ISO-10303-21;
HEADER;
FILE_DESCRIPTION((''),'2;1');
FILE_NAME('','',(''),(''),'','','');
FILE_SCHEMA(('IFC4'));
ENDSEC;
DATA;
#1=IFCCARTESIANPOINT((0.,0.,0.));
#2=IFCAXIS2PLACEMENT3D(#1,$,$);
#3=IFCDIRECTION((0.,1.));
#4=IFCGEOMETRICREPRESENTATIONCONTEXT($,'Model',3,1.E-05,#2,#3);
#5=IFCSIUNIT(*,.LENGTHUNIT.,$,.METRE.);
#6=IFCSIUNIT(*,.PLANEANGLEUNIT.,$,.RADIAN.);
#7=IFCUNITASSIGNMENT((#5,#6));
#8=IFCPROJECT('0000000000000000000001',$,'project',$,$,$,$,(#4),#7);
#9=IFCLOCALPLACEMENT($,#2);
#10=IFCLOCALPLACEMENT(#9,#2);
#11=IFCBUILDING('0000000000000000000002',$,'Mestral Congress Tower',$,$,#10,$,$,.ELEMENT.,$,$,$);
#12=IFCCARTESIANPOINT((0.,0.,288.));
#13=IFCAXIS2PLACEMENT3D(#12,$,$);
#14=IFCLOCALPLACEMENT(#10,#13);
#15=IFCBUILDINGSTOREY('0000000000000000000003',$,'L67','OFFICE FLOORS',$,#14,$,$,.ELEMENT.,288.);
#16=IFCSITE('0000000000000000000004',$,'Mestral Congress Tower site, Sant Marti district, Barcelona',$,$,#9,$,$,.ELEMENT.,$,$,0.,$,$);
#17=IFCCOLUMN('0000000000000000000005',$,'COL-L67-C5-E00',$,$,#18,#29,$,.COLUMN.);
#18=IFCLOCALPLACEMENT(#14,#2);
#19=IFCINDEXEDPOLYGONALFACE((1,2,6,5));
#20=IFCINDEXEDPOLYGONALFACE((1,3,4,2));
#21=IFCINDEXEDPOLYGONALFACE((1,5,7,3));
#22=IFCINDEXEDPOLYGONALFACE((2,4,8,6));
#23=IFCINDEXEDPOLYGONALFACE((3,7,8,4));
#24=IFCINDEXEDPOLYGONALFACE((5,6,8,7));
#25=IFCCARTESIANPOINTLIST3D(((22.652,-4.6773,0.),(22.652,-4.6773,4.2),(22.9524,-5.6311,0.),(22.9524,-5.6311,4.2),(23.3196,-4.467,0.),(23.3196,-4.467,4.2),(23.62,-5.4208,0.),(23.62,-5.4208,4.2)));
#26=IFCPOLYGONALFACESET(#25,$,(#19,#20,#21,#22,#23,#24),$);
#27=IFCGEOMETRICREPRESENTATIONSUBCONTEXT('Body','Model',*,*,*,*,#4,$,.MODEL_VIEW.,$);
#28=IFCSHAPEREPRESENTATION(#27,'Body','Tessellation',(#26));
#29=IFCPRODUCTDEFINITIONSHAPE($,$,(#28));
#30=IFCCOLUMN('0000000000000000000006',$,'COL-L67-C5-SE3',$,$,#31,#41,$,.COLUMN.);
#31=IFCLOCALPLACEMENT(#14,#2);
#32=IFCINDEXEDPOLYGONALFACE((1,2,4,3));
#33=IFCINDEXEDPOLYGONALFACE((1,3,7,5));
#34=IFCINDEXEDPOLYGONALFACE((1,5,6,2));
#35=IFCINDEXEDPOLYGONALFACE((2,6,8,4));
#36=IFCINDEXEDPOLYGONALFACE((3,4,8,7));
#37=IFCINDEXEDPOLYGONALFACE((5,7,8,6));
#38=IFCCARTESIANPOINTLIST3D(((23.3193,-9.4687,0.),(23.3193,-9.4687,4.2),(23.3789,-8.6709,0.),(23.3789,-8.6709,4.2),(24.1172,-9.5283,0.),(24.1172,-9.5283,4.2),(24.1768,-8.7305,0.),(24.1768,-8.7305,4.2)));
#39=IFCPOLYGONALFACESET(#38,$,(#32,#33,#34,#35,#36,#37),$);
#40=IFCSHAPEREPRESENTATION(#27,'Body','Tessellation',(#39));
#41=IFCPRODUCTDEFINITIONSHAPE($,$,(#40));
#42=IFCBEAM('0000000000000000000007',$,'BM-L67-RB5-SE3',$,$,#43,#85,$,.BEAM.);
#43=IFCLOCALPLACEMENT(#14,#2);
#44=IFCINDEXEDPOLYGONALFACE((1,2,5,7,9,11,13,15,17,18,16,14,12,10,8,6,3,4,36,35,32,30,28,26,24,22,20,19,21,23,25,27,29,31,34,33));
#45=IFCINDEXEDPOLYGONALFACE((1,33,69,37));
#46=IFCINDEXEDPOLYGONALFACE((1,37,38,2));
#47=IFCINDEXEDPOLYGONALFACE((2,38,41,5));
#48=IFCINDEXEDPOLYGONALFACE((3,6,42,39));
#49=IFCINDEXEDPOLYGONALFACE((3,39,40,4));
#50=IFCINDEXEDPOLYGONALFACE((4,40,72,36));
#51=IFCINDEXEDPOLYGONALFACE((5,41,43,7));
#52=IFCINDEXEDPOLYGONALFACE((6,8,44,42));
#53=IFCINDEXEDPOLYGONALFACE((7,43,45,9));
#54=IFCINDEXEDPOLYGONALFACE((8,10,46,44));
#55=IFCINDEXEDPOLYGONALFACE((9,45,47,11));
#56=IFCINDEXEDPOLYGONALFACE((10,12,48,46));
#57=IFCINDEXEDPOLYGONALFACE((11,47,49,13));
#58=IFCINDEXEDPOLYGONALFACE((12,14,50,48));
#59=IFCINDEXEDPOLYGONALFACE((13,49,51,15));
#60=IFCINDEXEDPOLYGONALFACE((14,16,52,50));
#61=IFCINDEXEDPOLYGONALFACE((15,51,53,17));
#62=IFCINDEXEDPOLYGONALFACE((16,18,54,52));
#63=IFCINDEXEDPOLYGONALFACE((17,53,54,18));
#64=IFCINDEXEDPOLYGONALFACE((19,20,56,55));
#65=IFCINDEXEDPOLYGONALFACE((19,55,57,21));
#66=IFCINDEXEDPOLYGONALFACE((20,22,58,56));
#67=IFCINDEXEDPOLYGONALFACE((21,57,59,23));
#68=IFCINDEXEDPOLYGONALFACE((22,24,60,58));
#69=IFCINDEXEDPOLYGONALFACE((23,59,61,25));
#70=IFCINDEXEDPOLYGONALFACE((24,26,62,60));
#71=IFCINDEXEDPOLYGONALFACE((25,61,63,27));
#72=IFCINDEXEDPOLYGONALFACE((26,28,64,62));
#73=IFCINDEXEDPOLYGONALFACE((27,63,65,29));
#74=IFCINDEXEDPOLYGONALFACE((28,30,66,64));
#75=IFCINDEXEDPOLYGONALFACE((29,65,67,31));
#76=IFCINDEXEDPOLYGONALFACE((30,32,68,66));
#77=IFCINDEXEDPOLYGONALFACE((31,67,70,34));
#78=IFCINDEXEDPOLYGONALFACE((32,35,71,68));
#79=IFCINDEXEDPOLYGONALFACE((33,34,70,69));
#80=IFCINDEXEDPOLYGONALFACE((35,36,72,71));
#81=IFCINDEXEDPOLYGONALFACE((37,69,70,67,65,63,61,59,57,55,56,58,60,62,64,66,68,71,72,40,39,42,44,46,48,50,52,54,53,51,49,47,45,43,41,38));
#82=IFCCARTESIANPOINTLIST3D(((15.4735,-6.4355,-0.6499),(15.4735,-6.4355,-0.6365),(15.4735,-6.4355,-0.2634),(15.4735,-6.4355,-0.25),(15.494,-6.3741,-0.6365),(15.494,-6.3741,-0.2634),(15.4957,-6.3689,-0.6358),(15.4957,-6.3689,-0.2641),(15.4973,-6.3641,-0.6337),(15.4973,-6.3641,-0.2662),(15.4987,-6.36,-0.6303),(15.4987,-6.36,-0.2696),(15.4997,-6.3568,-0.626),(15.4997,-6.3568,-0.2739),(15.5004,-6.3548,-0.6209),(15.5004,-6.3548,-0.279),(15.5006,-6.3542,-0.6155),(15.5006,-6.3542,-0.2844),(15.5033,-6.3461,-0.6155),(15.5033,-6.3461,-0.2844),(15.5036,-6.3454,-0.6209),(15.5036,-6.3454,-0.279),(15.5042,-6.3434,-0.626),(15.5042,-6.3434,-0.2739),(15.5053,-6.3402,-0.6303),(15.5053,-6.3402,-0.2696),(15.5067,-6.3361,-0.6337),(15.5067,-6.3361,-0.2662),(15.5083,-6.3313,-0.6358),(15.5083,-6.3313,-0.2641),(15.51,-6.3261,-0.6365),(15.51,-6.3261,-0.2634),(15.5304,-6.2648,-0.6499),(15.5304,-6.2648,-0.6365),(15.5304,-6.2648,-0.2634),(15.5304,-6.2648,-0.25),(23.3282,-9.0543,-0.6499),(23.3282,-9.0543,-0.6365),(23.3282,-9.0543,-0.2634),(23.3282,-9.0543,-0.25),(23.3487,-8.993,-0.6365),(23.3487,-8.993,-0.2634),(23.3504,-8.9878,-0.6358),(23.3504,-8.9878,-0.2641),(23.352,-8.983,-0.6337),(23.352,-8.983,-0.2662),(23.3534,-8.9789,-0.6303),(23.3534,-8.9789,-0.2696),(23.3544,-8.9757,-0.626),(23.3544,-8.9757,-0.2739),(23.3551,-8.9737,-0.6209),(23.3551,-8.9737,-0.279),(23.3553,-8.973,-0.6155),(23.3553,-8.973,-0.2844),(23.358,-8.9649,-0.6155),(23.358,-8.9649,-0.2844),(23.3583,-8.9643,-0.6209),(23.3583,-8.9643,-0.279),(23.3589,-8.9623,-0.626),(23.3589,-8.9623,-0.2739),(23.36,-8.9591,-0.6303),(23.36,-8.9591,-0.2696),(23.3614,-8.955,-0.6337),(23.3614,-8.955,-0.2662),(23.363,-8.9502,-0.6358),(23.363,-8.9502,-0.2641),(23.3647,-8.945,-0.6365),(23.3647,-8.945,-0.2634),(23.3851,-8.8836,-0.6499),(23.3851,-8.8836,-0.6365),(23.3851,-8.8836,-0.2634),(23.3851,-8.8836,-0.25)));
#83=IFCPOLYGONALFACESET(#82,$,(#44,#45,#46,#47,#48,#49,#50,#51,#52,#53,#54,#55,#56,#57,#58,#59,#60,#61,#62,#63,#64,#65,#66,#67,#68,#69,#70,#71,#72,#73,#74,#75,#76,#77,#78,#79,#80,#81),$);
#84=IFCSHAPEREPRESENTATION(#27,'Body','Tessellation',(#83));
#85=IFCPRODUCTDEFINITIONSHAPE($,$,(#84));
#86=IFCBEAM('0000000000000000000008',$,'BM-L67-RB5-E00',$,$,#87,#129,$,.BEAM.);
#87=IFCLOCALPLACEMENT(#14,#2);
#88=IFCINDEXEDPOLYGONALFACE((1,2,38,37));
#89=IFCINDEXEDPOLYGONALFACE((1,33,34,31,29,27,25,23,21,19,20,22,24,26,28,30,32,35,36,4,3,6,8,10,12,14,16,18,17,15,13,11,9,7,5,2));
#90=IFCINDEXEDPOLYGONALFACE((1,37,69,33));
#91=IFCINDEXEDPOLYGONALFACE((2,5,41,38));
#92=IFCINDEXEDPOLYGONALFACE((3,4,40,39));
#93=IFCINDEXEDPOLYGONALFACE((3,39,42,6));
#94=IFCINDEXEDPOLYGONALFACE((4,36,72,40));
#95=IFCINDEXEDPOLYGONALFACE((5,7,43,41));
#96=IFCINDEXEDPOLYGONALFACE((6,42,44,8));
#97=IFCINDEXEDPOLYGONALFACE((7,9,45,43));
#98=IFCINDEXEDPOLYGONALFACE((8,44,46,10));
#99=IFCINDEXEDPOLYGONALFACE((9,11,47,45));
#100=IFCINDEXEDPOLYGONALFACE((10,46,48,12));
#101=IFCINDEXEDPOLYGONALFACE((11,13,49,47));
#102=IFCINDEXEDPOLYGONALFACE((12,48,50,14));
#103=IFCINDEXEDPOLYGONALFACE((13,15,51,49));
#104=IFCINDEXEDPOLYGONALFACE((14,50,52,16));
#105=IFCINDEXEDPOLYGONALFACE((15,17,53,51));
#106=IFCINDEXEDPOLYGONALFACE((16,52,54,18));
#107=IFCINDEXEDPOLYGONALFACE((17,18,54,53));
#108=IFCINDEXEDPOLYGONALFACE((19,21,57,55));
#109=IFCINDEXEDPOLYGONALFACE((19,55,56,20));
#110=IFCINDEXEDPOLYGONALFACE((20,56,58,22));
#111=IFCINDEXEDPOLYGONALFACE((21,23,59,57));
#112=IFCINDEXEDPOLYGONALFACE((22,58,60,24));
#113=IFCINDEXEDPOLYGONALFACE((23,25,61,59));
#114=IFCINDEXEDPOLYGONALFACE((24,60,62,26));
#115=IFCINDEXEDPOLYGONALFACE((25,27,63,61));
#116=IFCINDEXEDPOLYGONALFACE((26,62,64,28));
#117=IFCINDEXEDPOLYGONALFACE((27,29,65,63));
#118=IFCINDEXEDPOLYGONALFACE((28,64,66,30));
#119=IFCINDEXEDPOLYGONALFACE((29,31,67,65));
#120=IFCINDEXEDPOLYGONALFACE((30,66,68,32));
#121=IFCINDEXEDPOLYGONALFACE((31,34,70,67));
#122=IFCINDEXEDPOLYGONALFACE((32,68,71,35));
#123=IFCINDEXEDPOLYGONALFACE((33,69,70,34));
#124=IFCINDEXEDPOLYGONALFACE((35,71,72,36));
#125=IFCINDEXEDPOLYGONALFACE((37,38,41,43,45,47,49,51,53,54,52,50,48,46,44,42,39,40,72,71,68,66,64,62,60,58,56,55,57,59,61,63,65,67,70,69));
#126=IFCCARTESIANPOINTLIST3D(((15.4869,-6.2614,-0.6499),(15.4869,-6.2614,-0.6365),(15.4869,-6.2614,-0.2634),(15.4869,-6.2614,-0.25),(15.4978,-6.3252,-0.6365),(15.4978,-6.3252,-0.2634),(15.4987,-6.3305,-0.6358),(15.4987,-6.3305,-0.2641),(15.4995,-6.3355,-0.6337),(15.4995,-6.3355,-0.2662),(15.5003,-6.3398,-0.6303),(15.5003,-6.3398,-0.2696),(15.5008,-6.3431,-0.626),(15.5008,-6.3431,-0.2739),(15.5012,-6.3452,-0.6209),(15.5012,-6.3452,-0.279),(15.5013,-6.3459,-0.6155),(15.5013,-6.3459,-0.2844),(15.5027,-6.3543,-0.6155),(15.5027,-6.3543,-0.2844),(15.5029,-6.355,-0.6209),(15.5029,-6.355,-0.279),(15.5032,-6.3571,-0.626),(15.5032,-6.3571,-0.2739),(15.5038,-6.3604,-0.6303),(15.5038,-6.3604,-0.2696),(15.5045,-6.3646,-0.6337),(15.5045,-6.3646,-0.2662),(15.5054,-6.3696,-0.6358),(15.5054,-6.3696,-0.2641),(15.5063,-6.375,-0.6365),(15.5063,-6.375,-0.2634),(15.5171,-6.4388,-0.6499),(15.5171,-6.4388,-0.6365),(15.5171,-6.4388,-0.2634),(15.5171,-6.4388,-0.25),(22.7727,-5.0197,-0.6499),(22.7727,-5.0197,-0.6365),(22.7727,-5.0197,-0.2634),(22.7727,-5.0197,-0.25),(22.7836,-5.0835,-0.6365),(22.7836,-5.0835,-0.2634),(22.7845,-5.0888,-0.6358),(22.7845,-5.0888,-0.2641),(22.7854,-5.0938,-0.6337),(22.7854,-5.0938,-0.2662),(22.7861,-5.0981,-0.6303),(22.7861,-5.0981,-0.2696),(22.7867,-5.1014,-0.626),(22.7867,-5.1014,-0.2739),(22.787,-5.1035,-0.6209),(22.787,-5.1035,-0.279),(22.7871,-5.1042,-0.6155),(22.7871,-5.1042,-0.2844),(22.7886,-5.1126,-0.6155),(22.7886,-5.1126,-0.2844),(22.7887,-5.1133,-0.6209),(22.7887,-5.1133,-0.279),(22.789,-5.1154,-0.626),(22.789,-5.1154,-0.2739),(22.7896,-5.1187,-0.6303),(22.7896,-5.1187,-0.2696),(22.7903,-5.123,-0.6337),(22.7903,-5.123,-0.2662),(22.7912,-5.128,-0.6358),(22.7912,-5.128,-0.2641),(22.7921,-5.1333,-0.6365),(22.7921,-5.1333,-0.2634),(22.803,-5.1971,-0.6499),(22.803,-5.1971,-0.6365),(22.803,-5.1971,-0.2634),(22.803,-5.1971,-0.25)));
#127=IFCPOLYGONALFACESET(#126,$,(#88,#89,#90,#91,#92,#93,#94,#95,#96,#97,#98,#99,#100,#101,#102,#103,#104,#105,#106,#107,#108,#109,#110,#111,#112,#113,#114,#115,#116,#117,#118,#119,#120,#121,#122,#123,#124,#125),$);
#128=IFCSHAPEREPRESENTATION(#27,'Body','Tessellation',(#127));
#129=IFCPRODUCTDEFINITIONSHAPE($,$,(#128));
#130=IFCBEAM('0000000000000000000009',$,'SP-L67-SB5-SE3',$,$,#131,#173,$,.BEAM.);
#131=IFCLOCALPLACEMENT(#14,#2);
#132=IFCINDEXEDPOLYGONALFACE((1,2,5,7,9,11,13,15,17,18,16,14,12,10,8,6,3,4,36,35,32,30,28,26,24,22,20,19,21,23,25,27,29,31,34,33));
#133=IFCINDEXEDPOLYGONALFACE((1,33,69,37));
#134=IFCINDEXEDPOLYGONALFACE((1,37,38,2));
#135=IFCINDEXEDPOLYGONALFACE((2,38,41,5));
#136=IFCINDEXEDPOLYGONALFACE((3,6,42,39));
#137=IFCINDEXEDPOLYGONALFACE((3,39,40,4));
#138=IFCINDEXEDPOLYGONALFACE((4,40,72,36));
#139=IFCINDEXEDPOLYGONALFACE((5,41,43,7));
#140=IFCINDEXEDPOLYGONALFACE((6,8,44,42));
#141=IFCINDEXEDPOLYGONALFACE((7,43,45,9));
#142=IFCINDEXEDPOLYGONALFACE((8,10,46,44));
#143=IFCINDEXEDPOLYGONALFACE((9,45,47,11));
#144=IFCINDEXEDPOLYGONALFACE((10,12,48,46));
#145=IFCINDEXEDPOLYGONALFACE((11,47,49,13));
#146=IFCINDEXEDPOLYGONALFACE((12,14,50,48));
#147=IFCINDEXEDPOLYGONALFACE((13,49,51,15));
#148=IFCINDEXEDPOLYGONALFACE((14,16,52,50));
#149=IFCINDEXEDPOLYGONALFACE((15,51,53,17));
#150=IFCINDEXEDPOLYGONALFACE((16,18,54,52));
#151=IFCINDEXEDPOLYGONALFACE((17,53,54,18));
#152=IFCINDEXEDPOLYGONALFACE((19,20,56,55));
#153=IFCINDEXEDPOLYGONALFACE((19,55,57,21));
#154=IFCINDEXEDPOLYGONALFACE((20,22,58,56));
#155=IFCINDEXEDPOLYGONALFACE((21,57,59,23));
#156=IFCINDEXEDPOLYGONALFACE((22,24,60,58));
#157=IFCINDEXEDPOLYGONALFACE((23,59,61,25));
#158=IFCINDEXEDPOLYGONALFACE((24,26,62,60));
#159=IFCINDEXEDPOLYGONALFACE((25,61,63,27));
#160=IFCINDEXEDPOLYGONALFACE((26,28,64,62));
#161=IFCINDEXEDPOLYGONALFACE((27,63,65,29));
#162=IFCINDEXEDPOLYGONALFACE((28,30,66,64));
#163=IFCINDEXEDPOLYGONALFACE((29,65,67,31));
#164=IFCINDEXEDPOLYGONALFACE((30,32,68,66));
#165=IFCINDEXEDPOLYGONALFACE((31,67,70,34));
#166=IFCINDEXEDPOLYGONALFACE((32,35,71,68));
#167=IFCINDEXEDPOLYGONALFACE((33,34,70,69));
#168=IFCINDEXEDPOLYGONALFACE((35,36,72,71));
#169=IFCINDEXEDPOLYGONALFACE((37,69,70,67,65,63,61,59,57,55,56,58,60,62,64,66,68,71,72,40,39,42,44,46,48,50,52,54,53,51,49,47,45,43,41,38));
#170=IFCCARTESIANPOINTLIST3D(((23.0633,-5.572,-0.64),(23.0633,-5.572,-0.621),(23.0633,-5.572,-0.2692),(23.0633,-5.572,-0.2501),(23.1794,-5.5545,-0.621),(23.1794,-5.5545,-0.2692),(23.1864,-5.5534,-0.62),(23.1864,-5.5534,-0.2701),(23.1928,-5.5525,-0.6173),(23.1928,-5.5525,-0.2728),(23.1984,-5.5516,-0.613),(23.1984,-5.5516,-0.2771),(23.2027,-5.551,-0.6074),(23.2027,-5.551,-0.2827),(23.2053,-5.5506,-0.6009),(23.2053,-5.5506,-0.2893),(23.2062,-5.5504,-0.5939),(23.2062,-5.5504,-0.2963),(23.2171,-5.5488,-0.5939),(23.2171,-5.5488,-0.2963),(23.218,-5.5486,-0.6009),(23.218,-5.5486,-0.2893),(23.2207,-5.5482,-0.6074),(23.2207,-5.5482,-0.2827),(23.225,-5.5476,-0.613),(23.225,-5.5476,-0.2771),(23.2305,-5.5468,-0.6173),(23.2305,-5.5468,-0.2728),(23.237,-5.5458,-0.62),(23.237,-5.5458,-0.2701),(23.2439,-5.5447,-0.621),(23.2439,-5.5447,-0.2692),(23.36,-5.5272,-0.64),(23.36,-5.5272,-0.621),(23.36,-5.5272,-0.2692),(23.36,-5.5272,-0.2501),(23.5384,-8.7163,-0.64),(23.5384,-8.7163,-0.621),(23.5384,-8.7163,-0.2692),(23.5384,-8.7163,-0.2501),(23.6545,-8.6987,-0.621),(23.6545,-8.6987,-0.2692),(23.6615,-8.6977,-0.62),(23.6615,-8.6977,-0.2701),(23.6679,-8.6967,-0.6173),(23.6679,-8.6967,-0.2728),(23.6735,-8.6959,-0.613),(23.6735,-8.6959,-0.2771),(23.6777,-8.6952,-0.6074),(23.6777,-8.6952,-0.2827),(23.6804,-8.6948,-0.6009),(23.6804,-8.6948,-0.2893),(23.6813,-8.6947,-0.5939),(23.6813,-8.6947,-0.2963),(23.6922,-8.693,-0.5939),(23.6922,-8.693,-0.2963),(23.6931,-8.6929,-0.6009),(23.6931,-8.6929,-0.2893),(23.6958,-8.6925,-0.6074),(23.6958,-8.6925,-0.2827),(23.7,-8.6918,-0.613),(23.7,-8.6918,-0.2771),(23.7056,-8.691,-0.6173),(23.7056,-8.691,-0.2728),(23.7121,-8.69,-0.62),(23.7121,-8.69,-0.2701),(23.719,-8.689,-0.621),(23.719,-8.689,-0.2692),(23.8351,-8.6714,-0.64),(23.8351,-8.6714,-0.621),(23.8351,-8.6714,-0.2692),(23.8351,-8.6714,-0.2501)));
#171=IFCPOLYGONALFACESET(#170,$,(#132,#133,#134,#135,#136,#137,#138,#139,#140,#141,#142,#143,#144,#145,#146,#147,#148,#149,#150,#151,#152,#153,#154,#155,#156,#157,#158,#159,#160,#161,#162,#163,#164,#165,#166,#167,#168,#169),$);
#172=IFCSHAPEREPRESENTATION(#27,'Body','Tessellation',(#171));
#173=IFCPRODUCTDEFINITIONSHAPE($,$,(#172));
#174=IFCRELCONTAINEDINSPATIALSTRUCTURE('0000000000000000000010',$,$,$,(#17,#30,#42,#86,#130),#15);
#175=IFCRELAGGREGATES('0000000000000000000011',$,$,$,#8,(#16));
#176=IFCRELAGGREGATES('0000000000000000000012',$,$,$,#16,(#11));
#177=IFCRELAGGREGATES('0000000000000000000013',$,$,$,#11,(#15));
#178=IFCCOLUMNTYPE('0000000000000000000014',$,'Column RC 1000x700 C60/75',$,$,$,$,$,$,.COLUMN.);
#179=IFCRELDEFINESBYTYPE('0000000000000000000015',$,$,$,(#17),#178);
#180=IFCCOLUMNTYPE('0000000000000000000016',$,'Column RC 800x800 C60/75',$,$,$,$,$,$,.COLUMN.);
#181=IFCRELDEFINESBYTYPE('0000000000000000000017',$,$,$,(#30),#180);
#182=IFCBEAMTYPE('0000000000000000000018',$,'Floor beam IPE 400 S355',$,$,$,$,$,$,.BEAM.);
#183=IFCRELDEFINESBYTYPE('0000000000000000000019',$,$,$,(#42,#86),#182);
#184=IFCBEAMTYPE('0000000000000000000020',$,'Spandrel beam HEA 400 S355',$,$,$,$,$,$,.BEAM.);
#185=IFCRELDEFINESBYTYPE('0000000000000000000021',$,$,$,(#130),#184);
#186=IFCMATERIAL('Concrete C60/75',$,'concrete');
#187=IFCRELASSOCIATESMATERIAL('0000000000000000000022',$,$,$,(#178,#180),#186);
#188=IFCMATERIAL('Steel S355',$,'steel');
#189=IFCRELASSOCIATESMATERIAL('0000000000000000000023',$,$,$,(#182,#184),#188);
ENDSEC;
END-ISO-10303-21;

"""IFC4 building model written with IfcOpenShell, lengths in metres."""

from ifc_helpers import new_model, si_unit, direction, frame, origin, origin_2d, place, context, subcontext, project, spatial, rectangle, i_section, extrude, material, material_profile, profile_set, type_object, element, save


model = new_model("IFC4")

# Units and contexts
model_context = context("Model", 3, precision=1e-05, world=origin(), true_north=direction((0.0, 1.0)))
body_context = subcontext(model_context, "Body", "Model", "MODEL_VIEW")
ifc_project = project(units=[si_unit("LENGTHUNIT", "METRE"), si_unit("PLANEANGLEUNIT", "RADIAN")], contexts=[model_context])

# Site, building, storey
site_placement = place(None, origin())
site = spatial("IfcSite", under=ifc_project, at=site_placement, Name="Mestral Congress Tower site, Sant Marti district, Barcelona", CompositionType="ELEMENT", RefElevation=0.0)
building_placement = place(site_placement, origin())
building = spatial("IfcBuilding", under=site, at=building_placement, Name="Mestral Congress Tower", CompositionType="ELEMENT")
storey_placement = place(building_placement, frame((0.0, 0.0, 288.0)))
storey = spatial("IfcBuildingStorey", under=building, at=storey_placement, Name="L67", Description="OFFICE FLOORS", CompositionType="ELEMENT", Elevation=288.0)

# Columns
ifc_material_1 = material(Name="Concrete C60/75", Category="concrete")
ifc_material_profile_1 = material_profile(ifc_material_1, rectangle(XDim=1.0, YDim=0.7, at=origin_2d()), Name="RC 1000x700")
ifc_profile_set_1 = profile_set([ifc_material_profile_1], Name="Concrete C60/75")
column_type_1 = type_object("IfcColumnType", Name="Column RC 1000x700 C60/75", PredefinedType="COLUMN", material=ifc_profile_set_1)
column_1_placement = place(storey_placement, frame((23.136, -5.0491, 0.0), z_axis=(0.0, 0.0, 1.0), x_axis=(-0.300431, 0.953804, 0.0)))
element("IfcColumn", 1, at=column_1_placement, inside=storey, type_object=column_type_1, Name="COL-L67-C5-E00", PredefinedType="COLUMN", context=body_context, shape_type="SweptSolid", body=[
    extrude(rectangle(XDim=1.0, YDim=0.7, at=origin_2d()), origin(), (0.0, 0.0, 1.0), 4.2),
])
ifc_material_profile_2 = material_profile(ifc_material_1, rectangle(XDim=0.8, YDim=0.8, at=origin_2d()), Name="RC 800x800")
ifc_profile_set_2 = profile_set([ifc_material_profile_2], Name="Concrete C60/75")
column_type_2 = type_object("IfcColumnType", Name="Column RC 800x800 C60/75", PredefinedType="COLUMN", material=ifc_profile_set_2)
column_2_placement = place(storey_placement, frame((23.748, -9.0996, 0.0), z_axis=(0.0, 0.0, 1.0), x_axis=(0.074511, 0.99722, 0.0)))
element("IfcColumn", 2, at=column_2_placement, inside=storey, type_object=column_type_2, Name="COL-L67-C5-SE3", PredefinedType="COLUMN", context=body_context, shape_type="SweptSolid", body=[
    extrude(rectangle(XDim=0.8, YDim=0.8, at=origin_2d()), origin(), (0.0, 0.0, 1.0), 4.2),
])

# Beams
ifc_material_2 = material(Name="Steel S355", Category="steel")
ifc_material_profile_3 = material_profile(ifc_material_2, i_section(OverallWidth=0.1799, OverallDepth=0.3999, WebThickness=0.0085, FlangeThickness=0.0134, FilletRadius=0.021, at=origin_2d()), Name="IPE 400")
ifc_profile_set_3 = profile_set([ifc_material_profile_3], Name="Steel S355")
beam_type_1 = type_object("IfcBeamType", Name="Floor beam IPE 400 S355", PredefinedType="BEAM", material=ifc_profile_set_3)
beam_1_placement = place(storey_placement, frame((23.3567, -8.969, -0.45), z_axis=(-0.94866, 0.316299, 0.0), x_axis=(-0.316299, -0.94866, 0.0)))
element("IfcBeam", 3, at=beam_1_placement, inside=storey, type_object=beam_type_1, Name="BM-L67-RB5-SE3", PredefinedType="BEAM", context=body_context, shape_type="SweptSolid", body=[
    extrude(i_section(OverallWidth=0.1799, OverallDepth=0.3999, WebThickness=0.0085, FlangeThickness=0.0134, FilletRadius=0.021, at=origin_2d()), origin(), (0.0, 0.0, 1.0), 8.2798),
])
beam_2_placement = place(storey_placement, frame((22.7878, -5.1084, -0.45), z_axis=(-0.985787, -0.168003, 0.0), x_axis=(0.168003, -0.985787, 0.0)))
element("IfcBeam", 4, at=beam_2_placement, inside=storey, type_object=beam_type_1, Name="BM-L67-RB5-E00", PredefinedType="BEAM", context=body_context, shape_type="SweptSolid", body=[
    extrude(i_section(OverallWidth=0.1799, OverallDepth=0.3999, WebThickness=0.0085, FlangeThickness=0.0134, FilletRadius=0.021, at=origin_2d()), origin(), (0.0, 0.0, 1.0), 7.3909),
])
ifc_material_profile_4 = material_profile(ifc_material_2, i_section(OverallWidth=0.3, OverallDepth=0.3899, WebThickness=0.011, FlangeThickness=0.019, FilletRadius=0.0271, at=origin_2d()), Name="HEA 400")
ifc_profile_set_4 = profile_set([ifc_material_profile_4], Name="Steel S355")
beam_type_2 = type_object("IfcBeamType", Name="Spandrel beam HEA 400 S355", PredefinedType="BEAM", material=ifc_profile_set_4)
beam_3_placement = place(storey_placement, frame((23.6868, -8.6938, -0.4451), z_axis=(-0.149403, 0.988776, 0.0), x_axis=(-0.988776, -0.149403, 0.0)))
element("IfcBeam", 5, at=beam_3_placement, inside=storey, type_object=beam_type_2, Name="SP-L67-SB5-SE3", PredefinedType="BEAM", context=body_context, shape_type="SweptSolid", body=[
    extrude(i_section(OverallWidth=0.3, OverallDepth=0.3899, WebThickness=0.011, FlangeThickness=0.019, FilletRadius=0.0271, at=origin_2d()), origin(), (0.0, 0.0, 1.0), 3.1799),
])

save(model, "model.ifc")
